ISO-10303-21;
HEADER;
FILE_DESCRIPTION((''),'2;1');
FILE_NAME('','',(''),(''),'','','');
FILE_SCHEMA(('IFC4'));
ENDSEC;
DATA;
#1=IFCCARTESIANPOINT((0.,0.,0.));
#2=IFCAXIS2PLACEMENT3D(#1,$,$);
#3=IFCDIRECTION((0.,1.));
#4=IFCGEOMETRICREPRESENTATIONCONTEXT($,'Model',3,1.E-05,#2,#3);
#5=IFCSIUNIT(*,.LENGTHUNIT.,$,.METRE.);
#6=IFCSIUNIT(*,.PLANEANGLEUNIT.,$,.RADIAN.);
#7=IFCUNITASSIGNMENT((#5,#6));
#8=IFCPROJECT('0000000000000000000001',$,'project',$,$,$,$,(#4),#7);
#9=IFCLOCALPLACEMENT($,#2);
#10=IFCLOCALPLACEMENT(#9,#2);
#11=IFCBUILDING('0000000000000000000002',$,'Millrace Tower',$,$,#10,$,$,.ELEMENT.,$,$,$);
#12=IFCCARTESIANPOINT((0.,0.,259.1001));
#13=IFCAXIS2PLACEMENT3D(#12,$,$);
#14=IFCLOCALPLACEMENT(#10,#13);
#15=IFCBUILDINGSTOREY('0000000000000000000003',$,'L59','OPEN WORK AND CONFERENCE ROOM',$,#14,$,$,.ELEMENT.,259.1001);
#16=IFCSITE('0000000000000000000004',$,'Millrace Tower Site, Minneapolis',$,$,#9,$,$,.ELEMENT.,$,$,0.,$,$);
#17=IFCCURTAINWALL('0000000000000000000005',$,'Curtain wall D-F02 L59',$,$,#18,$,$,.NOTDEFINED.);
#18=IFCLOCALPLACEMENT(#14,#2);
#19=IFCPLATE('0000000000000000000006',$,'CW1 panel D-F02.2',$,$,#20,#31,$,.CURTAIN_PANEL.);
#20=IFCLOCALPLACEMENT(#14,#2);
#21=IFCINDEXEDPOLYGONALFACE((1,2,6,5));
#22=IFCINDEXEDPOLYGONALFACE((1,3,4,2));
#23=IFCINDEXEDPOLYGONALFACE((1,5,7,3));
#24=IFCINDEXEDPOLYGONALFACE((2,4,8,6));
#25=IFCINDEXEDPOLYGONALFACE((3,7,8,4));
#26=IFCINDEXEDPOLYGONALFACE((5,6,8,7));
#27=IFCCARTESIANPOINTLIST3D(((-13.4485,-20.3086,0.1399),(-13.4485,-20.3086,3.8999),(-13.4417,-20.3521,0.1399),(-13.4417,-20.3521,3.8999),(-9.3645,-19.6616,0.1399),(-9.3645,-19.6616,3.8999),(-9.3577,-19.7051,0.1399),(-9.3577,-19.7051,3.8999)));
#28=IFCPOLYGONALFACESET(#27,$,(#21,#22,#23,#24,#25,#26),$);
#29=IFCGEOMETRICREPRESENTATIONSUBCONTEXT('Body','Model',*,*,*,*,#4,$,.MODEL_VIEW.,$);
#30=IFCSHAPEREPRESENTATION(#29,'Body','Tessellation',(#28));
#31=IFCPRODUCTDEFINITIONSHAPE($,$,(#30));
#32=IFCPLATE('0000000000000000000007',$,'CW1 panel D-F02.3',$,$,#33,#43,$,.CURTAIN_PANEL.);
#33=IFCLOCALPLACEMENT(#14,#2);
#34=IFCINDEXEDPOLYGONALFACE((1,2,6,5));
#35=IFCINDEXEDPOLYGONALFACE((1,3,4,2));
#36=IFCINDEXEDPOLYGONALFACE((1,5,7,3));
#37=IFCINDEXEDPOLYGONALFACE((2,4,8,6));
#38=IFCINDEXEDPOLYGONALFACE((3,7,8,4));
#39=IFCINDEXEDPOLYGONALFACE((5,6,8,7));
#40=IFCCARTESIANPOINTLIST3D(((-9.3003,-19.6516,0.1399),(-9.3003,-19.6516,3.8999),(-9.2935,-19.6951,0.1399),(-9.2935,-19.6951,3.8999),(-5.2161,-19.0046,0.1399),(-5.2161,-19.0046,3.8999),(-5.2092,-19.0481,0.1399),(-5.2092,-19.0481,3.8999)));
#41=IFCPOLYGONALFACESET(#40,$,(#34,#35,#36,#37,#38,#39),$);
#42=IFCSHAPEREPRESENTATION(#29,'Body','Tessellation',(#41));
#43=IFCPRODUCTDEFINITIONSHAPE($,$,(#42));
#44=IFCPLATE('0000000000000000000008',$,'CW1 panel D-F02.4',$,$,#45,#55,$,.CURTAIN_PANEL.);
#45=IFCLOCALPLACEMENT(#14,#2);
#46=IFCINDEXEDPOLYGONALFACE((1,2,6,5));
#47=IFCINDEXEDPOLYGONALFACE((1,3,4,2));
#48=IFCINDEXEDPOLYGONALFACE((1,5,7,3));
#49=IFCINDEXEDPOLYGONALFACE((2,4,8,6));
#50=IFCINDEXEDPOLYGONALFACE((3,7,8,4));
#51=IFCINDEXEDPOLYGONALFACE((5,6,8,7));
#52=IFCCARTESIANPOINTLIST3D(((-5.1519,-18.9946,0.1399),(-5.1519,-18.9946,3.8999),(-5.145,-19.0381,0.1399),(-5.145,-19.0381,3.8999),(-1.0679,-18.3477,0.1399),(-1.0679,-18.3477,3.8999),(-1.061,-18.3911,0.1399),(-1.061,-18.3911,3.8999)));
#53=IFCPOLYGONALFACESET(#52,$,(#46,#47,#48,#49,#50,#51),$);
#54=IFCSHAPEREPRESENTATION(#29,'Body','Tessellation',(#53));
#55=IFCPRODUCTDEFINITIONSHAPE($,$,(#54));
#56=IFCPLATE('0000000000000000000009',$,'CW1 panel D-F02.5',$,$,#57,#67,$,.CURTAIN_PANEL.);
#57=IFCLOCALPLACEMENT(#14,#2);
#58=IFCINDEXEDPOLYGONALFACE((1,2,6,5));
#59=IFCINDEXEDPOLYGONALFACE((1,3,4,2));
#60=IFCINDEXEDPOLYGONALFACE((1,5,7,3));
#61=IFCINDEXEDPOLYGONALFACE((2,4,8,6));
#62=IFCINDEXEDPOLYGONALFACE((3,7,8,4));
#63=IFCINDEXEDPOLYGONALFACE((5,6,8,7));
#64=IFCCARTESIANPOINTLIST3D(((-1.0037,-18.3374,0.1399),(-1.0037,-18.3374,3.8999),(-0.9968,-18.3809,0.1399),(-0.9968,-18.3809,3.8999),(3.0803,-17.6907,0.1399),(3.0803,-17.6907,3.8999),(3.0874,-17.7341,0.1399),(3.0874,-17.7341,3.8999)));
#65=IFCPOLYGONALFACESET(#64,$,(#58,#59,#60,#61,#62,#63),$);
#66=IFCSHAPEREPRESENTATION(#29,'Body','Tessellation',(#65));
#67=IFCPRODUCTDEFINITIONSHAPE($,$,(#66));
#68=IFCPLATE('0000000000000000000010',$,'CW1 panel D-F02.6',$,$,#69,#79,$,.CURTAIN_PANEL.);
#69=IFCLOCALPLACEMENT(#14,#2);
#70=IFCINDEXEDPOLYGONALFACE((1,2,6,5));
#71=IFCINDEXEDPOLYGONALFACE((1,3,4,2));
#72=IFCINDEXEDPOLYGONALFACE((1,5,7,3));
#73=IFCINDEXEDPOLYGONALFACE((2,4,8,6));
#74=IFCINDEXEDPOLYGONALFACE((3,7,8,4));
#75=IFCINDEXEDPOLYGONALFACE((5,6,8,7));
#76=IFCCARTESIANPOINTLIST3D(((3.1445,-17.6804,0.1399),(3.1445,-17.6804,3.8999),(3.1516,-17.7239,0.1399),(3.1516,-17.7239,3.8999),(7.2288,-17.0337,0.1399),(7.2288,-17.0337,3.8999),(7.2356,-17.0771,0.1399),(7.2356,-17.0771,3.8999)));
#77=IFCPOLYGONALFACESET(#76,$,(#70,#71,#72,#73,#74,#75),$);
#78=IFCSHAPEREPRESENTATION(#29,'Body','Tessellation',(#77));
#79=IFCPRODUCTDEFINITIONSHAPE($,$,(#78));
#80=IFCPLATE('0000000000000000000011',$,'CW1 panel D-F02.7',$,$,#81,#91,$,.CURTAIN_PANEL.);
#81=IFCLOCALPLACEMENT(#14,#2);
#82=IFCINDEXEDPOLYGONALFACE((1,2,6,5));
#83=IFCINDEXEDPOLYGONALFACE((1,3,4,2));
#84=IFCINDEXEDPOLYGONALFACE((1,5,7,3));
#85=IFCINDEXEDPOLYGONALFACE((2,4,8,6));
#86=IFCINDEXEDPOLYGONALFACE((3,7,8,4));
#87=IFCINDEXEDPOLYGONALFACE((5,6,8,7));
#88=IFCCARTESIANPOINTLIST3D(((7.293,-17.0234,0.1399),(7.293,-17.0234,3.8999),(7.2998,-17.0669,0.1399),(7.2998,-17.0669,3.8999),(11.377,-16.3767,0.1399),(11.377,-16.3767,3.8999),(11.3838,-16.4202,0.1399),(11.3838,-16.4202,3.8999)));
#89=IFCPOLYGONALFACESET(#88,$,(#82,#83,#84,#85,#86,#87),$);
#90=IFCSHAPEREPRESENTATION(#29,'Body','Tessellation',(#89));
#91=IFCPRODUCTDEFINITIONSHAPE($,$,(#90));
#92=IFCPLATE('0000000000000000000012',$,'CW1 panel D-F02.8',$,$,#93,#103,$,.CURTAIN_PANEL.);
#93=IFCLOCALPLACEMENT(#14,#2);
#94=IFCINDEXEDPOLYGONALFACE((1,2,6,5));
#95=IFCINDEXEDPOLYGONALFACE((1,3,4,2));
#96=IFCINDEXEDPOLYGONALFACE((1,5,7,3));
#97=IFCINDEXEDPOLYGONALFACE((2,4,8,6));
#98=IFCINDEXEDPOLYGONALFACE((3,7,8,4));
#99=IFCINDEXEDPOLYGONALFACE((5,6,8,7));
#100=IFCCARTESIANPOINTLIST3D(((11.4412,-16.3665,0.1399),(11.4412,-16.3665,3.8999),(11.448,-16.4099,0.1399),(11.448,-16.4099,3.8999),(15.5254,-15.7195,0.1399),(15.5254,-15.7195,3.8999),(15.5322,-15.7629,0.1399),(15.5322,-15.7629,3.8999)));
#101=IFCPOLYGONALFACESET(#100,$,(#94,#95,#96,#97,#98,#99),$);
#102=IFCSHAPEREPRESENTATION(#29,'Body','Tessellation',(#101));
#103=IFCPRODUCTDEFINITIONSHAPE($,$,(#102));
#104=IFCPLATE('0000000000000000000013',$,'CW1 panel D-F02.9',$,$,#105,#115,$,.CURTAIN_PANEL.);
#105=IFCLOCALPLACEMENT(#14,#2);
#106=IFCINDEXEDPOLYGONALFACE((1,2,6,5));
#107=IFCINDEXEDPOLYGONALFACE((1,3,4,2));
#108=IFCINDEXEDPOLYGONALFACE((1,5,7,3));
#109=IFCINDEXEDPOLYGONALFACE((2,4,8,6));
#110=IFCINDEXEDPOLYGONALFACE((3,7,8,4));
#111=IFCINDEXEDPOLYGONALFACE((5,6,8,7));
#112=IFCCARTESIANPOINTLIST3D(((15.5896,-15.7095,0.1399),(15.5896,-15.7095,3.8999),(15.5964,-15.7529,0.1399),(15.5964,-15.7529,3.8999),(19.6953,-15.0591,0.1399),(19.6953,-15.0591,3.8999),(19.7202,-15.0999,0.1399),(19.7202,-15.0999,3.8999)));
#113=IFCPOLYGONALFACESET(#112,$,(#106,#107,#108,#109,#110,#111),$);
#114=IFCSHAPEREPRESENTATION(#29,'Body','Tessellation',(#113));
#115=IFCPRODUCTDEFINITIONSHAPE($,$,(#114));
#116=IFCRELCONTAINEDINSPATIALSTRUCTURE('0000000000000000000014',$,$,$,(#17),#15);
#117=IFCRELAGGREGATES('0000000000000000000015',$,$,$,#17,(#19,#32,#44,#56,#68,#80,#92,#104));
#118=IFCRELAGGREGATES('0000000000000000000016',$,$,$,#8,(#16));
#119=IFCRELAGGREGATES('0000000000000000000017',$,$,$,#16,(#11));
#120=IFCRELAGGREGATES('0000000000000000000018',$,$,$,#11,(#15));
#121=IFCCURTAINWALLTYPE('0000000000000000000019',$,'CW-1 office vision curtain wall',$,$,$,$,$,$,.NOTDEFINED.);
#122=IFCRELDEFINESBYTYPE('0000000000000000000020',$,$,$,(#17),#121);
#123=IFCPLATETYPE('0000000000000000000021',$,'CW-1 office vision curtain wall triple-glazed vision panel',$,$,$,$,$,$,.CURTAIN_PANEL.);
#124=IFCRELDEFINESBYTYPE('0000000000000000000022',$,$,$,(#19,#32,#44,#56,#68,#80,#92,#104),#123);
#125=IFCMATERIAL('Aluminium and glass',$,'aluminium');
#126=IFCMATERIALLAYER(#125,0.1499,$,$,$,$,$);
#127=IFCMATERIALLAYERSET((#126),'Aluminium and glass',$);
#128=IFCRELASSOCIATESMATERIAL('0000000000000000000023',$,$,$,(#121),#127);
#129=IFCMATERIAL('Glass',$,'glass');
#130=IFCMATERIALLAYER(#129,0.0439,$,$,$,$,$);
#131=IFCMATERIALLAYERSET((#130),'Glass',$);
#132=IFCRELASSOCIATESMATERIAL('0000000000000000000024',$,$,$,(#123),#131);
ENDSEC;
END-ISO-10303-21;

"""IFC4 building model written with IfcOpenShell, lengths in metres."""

from ifc_helpers import new_model, si_unit, direction, frame, origin, place, context, subcontext, project, spatial, polyline, outline, extrude, material, layer, layer_set, type_object, element, aggregate, save


model = new_model("IFC4")

# Units and contexts
model_context = context("Model", 3, precision=1e-05, world=origin(), true_north=direction((0.0, 1.0)))
body_context = subcontext(model_context, "Body", "Model", "MODEL_VIEW")
ifc_project = project(units=[si_unit("LENGTHUNIT", "METRE"), si_unit("PLANEANGLEUNIT", "RADIAN")], contexts=[model_context])

# Site, building, storey
site_placement = place(None, origin())
site = spatial("IfcSite", under=ifc_project, at=site_placement, Name="Millrace Tower Site, Minneapolis", CompositionType="ELEMENT", RefElevation=0.0)
building_placement = place(site_placement, origin())
building = spatial("IfcBuilding", under=site, at=building_placement, Name="Millrace Tower", CompositionType="ELEMENT")
storey_placement = place(building_placement, frame((0.0, 0.0, 259.1001)))
storey = spatial("IfcBuildingStorey", under=building, at=storey_placement, Name="L59", Description="OPEN WORK AND CONFERENCE ROOM", CompositionType="ELEMENT", Elevation=259.1001)

# Shared definitions
ifc_material_1 = material(Name="Aluminium and glass", Category="aluminium")
ifc_layer_1 = layer(ifc_material_1, 0.1499)
ifc_layer_set_1 = layer_set([ifc_layer_1], Name="Aluminium and glass")
curtain_wall_type = type_object("IfcCurtainWallType", Name="CW-1 office vision curtain wall", PredefinedType="NOTDEFINED", material=ifc_layer_set_1)
placement_1 = place(storey_placement, origin())
ifc_material_2 = material(Name="Glass", Category="glass")
ifc_layer_2 = layer(ifc_material_2, 0.0439)
ifc_layer_set_2 = layer_set([ifc_layer_2], Name="Glass")
plate_type = type_object("IfcPlateType", Name="CW-1 office vision curtain wall triple-glazed vision panel", PredefinedType="CURTAIN_PANEL", material=ifc_layer_set_2)
placement_2 = place(storey_placement, frame((0.0, 0.0, 0.1399)))

# Curtain wall, plates
curtain_wall_1 = element("IfcCurtainWall", 1, at=placement_1, inside=storey, type_object=curtain_wall_type, Name="Curtain wall D-F02 L59", PredefinedType="NOTDEFINED")
plate_1 = element("IfcPlate", 2, at=placement_2, type_object=plate_type, Name="CW1 panel D-F02.2", PredefinedType="CURTAIN_PANEL", context=body_context, shape_type="SweptSolid", body=[
    extrude(outline(polyline([(-13.4417, -20.3521), (-9.3577, -19.7051), (-9.3645, -19.6616), (-13.4485, -20.3086), (-13.4417, -20.3521)])), origin(), (0.0, 0.0, 1.0), 3.76),
])
plate_2 = element("IfcPlate", 3, at=placement_2, type_object=plate_type, Name="CW1 panel D-F02.3", PredefinedType="CURTAIN_PANEL", context=body_context, shape_type="SweptSolid", body=[
    extrude(outline(polyline([(-9.2935, -19.6951), (-5.2092, -19.0481), (-5.2161, -19.0046), (-9.3003, -19.6516), (-9.2935, -19.6951)])), origin(), (0.0, 0.0, 1.0), 3.76),
])
plate_3 = element("IfcPlate", 4, at=placement_2, type_object=plate_type, Name="CW1 panel D-F02.4", PredefinedType="CURTAIN_PANEL", context=body_context, shape_type="SweptSolid", body=[
    extrude(outline(polyline([(-5.145, -19.0381), (-1.061, -18.3911), (-1.0679, -18.3477), (-5.1519, -18.9946), (-5.145, -19.0381)])), origin(), (0.0, 0.0, 1.0), 3.76),
])
plate_4 = element("IfcPlate", 5, at=placement_2, type_object=plate_type, Name="CW1 panel D-F02.5", PredefinedType="CURTAIN_PANEL", context=body_context, shape_type="SweptSolid", body=[
    extrude(outline(polyline([(-0.9968, -18.3809), (3.0874, -17.7341), (3.0803, -17.6907), (-1.0037, -18.3374), (-0.9968, -18.3809)])), origin(), (0.0, 0.0, 1.0), 3.76),
])
plate_5 = element("IfcPlate", 6, at=placement_2, type_object=plate_type, Name="CW1 panel D-F02.6", PredefinedType="CURTAIN_PANEL", context=body_context, shape_type="SweptSolid", body=[
    extrude(outline(polyline([(3.1516, -17.7239), (7.2356, -17.0771), (7.2288, -17.0337), (3.1445, -17.6804), (3.1516, -17.7239)])), origin(), (0.0, 0.0, 1.0), 3.76),
])
plate_6 = element("IfcPlate", 7, at=placement_2, type_object=plate_type, Name="CW1 panel D-F02.7", PredefinedType="CURTAIN_PANEL", context=body_context, shape_type="SweptSolid", body=[
    extrude(outline(polyline([(7.2998, -17.0669), (11.3838, -16.4202), (11.377, -16.3767), (7.293, -17.0234), (7.2998, -17.0669)])), origin(), (0.0, 0.0, 1.0), 3.76),
])
plate_7 = element("IfcPlate", 8, at=placement_2, type_object=plate_type, Name="CW1 panel D-F02.8", PredefinedType="CURTAIN_PANEL", context=body_context, shape_type="SweptSolid", body=[
    extrude(outline(polyline([(11.448, -16.4099), (15.5322, -15.7629), (15.5254, -15.7195), (11.4412, -16.3665), (11.448, -16.4099)])), origin(), (0.0, 0.0, 1.0), 3.76),
])
plate_8 = element("IfcPlate", 9, at=placement_2, type_object=plate_type, Name="CW1 panel D-F02.9", PredefinedType="CURTAIN_PANEL", context=body_context, shape_type="SweptSolid", body=[
    extrude(outline(polyline([(15.5964, -15.7529), (19.7202, -15.0999), (19.6953, -15.0591), (15.5896, -15.7095), (15.5964, -15.7529)])), origin(), (0.0, 0.0, 1.0), 3.76),
])
aggregate(curtain_wall_1, [plate_1, plate_2, plate_3, plate_4, plate_5, plate_6, plate_7, plate_8])

save(model, "model.ifc")
